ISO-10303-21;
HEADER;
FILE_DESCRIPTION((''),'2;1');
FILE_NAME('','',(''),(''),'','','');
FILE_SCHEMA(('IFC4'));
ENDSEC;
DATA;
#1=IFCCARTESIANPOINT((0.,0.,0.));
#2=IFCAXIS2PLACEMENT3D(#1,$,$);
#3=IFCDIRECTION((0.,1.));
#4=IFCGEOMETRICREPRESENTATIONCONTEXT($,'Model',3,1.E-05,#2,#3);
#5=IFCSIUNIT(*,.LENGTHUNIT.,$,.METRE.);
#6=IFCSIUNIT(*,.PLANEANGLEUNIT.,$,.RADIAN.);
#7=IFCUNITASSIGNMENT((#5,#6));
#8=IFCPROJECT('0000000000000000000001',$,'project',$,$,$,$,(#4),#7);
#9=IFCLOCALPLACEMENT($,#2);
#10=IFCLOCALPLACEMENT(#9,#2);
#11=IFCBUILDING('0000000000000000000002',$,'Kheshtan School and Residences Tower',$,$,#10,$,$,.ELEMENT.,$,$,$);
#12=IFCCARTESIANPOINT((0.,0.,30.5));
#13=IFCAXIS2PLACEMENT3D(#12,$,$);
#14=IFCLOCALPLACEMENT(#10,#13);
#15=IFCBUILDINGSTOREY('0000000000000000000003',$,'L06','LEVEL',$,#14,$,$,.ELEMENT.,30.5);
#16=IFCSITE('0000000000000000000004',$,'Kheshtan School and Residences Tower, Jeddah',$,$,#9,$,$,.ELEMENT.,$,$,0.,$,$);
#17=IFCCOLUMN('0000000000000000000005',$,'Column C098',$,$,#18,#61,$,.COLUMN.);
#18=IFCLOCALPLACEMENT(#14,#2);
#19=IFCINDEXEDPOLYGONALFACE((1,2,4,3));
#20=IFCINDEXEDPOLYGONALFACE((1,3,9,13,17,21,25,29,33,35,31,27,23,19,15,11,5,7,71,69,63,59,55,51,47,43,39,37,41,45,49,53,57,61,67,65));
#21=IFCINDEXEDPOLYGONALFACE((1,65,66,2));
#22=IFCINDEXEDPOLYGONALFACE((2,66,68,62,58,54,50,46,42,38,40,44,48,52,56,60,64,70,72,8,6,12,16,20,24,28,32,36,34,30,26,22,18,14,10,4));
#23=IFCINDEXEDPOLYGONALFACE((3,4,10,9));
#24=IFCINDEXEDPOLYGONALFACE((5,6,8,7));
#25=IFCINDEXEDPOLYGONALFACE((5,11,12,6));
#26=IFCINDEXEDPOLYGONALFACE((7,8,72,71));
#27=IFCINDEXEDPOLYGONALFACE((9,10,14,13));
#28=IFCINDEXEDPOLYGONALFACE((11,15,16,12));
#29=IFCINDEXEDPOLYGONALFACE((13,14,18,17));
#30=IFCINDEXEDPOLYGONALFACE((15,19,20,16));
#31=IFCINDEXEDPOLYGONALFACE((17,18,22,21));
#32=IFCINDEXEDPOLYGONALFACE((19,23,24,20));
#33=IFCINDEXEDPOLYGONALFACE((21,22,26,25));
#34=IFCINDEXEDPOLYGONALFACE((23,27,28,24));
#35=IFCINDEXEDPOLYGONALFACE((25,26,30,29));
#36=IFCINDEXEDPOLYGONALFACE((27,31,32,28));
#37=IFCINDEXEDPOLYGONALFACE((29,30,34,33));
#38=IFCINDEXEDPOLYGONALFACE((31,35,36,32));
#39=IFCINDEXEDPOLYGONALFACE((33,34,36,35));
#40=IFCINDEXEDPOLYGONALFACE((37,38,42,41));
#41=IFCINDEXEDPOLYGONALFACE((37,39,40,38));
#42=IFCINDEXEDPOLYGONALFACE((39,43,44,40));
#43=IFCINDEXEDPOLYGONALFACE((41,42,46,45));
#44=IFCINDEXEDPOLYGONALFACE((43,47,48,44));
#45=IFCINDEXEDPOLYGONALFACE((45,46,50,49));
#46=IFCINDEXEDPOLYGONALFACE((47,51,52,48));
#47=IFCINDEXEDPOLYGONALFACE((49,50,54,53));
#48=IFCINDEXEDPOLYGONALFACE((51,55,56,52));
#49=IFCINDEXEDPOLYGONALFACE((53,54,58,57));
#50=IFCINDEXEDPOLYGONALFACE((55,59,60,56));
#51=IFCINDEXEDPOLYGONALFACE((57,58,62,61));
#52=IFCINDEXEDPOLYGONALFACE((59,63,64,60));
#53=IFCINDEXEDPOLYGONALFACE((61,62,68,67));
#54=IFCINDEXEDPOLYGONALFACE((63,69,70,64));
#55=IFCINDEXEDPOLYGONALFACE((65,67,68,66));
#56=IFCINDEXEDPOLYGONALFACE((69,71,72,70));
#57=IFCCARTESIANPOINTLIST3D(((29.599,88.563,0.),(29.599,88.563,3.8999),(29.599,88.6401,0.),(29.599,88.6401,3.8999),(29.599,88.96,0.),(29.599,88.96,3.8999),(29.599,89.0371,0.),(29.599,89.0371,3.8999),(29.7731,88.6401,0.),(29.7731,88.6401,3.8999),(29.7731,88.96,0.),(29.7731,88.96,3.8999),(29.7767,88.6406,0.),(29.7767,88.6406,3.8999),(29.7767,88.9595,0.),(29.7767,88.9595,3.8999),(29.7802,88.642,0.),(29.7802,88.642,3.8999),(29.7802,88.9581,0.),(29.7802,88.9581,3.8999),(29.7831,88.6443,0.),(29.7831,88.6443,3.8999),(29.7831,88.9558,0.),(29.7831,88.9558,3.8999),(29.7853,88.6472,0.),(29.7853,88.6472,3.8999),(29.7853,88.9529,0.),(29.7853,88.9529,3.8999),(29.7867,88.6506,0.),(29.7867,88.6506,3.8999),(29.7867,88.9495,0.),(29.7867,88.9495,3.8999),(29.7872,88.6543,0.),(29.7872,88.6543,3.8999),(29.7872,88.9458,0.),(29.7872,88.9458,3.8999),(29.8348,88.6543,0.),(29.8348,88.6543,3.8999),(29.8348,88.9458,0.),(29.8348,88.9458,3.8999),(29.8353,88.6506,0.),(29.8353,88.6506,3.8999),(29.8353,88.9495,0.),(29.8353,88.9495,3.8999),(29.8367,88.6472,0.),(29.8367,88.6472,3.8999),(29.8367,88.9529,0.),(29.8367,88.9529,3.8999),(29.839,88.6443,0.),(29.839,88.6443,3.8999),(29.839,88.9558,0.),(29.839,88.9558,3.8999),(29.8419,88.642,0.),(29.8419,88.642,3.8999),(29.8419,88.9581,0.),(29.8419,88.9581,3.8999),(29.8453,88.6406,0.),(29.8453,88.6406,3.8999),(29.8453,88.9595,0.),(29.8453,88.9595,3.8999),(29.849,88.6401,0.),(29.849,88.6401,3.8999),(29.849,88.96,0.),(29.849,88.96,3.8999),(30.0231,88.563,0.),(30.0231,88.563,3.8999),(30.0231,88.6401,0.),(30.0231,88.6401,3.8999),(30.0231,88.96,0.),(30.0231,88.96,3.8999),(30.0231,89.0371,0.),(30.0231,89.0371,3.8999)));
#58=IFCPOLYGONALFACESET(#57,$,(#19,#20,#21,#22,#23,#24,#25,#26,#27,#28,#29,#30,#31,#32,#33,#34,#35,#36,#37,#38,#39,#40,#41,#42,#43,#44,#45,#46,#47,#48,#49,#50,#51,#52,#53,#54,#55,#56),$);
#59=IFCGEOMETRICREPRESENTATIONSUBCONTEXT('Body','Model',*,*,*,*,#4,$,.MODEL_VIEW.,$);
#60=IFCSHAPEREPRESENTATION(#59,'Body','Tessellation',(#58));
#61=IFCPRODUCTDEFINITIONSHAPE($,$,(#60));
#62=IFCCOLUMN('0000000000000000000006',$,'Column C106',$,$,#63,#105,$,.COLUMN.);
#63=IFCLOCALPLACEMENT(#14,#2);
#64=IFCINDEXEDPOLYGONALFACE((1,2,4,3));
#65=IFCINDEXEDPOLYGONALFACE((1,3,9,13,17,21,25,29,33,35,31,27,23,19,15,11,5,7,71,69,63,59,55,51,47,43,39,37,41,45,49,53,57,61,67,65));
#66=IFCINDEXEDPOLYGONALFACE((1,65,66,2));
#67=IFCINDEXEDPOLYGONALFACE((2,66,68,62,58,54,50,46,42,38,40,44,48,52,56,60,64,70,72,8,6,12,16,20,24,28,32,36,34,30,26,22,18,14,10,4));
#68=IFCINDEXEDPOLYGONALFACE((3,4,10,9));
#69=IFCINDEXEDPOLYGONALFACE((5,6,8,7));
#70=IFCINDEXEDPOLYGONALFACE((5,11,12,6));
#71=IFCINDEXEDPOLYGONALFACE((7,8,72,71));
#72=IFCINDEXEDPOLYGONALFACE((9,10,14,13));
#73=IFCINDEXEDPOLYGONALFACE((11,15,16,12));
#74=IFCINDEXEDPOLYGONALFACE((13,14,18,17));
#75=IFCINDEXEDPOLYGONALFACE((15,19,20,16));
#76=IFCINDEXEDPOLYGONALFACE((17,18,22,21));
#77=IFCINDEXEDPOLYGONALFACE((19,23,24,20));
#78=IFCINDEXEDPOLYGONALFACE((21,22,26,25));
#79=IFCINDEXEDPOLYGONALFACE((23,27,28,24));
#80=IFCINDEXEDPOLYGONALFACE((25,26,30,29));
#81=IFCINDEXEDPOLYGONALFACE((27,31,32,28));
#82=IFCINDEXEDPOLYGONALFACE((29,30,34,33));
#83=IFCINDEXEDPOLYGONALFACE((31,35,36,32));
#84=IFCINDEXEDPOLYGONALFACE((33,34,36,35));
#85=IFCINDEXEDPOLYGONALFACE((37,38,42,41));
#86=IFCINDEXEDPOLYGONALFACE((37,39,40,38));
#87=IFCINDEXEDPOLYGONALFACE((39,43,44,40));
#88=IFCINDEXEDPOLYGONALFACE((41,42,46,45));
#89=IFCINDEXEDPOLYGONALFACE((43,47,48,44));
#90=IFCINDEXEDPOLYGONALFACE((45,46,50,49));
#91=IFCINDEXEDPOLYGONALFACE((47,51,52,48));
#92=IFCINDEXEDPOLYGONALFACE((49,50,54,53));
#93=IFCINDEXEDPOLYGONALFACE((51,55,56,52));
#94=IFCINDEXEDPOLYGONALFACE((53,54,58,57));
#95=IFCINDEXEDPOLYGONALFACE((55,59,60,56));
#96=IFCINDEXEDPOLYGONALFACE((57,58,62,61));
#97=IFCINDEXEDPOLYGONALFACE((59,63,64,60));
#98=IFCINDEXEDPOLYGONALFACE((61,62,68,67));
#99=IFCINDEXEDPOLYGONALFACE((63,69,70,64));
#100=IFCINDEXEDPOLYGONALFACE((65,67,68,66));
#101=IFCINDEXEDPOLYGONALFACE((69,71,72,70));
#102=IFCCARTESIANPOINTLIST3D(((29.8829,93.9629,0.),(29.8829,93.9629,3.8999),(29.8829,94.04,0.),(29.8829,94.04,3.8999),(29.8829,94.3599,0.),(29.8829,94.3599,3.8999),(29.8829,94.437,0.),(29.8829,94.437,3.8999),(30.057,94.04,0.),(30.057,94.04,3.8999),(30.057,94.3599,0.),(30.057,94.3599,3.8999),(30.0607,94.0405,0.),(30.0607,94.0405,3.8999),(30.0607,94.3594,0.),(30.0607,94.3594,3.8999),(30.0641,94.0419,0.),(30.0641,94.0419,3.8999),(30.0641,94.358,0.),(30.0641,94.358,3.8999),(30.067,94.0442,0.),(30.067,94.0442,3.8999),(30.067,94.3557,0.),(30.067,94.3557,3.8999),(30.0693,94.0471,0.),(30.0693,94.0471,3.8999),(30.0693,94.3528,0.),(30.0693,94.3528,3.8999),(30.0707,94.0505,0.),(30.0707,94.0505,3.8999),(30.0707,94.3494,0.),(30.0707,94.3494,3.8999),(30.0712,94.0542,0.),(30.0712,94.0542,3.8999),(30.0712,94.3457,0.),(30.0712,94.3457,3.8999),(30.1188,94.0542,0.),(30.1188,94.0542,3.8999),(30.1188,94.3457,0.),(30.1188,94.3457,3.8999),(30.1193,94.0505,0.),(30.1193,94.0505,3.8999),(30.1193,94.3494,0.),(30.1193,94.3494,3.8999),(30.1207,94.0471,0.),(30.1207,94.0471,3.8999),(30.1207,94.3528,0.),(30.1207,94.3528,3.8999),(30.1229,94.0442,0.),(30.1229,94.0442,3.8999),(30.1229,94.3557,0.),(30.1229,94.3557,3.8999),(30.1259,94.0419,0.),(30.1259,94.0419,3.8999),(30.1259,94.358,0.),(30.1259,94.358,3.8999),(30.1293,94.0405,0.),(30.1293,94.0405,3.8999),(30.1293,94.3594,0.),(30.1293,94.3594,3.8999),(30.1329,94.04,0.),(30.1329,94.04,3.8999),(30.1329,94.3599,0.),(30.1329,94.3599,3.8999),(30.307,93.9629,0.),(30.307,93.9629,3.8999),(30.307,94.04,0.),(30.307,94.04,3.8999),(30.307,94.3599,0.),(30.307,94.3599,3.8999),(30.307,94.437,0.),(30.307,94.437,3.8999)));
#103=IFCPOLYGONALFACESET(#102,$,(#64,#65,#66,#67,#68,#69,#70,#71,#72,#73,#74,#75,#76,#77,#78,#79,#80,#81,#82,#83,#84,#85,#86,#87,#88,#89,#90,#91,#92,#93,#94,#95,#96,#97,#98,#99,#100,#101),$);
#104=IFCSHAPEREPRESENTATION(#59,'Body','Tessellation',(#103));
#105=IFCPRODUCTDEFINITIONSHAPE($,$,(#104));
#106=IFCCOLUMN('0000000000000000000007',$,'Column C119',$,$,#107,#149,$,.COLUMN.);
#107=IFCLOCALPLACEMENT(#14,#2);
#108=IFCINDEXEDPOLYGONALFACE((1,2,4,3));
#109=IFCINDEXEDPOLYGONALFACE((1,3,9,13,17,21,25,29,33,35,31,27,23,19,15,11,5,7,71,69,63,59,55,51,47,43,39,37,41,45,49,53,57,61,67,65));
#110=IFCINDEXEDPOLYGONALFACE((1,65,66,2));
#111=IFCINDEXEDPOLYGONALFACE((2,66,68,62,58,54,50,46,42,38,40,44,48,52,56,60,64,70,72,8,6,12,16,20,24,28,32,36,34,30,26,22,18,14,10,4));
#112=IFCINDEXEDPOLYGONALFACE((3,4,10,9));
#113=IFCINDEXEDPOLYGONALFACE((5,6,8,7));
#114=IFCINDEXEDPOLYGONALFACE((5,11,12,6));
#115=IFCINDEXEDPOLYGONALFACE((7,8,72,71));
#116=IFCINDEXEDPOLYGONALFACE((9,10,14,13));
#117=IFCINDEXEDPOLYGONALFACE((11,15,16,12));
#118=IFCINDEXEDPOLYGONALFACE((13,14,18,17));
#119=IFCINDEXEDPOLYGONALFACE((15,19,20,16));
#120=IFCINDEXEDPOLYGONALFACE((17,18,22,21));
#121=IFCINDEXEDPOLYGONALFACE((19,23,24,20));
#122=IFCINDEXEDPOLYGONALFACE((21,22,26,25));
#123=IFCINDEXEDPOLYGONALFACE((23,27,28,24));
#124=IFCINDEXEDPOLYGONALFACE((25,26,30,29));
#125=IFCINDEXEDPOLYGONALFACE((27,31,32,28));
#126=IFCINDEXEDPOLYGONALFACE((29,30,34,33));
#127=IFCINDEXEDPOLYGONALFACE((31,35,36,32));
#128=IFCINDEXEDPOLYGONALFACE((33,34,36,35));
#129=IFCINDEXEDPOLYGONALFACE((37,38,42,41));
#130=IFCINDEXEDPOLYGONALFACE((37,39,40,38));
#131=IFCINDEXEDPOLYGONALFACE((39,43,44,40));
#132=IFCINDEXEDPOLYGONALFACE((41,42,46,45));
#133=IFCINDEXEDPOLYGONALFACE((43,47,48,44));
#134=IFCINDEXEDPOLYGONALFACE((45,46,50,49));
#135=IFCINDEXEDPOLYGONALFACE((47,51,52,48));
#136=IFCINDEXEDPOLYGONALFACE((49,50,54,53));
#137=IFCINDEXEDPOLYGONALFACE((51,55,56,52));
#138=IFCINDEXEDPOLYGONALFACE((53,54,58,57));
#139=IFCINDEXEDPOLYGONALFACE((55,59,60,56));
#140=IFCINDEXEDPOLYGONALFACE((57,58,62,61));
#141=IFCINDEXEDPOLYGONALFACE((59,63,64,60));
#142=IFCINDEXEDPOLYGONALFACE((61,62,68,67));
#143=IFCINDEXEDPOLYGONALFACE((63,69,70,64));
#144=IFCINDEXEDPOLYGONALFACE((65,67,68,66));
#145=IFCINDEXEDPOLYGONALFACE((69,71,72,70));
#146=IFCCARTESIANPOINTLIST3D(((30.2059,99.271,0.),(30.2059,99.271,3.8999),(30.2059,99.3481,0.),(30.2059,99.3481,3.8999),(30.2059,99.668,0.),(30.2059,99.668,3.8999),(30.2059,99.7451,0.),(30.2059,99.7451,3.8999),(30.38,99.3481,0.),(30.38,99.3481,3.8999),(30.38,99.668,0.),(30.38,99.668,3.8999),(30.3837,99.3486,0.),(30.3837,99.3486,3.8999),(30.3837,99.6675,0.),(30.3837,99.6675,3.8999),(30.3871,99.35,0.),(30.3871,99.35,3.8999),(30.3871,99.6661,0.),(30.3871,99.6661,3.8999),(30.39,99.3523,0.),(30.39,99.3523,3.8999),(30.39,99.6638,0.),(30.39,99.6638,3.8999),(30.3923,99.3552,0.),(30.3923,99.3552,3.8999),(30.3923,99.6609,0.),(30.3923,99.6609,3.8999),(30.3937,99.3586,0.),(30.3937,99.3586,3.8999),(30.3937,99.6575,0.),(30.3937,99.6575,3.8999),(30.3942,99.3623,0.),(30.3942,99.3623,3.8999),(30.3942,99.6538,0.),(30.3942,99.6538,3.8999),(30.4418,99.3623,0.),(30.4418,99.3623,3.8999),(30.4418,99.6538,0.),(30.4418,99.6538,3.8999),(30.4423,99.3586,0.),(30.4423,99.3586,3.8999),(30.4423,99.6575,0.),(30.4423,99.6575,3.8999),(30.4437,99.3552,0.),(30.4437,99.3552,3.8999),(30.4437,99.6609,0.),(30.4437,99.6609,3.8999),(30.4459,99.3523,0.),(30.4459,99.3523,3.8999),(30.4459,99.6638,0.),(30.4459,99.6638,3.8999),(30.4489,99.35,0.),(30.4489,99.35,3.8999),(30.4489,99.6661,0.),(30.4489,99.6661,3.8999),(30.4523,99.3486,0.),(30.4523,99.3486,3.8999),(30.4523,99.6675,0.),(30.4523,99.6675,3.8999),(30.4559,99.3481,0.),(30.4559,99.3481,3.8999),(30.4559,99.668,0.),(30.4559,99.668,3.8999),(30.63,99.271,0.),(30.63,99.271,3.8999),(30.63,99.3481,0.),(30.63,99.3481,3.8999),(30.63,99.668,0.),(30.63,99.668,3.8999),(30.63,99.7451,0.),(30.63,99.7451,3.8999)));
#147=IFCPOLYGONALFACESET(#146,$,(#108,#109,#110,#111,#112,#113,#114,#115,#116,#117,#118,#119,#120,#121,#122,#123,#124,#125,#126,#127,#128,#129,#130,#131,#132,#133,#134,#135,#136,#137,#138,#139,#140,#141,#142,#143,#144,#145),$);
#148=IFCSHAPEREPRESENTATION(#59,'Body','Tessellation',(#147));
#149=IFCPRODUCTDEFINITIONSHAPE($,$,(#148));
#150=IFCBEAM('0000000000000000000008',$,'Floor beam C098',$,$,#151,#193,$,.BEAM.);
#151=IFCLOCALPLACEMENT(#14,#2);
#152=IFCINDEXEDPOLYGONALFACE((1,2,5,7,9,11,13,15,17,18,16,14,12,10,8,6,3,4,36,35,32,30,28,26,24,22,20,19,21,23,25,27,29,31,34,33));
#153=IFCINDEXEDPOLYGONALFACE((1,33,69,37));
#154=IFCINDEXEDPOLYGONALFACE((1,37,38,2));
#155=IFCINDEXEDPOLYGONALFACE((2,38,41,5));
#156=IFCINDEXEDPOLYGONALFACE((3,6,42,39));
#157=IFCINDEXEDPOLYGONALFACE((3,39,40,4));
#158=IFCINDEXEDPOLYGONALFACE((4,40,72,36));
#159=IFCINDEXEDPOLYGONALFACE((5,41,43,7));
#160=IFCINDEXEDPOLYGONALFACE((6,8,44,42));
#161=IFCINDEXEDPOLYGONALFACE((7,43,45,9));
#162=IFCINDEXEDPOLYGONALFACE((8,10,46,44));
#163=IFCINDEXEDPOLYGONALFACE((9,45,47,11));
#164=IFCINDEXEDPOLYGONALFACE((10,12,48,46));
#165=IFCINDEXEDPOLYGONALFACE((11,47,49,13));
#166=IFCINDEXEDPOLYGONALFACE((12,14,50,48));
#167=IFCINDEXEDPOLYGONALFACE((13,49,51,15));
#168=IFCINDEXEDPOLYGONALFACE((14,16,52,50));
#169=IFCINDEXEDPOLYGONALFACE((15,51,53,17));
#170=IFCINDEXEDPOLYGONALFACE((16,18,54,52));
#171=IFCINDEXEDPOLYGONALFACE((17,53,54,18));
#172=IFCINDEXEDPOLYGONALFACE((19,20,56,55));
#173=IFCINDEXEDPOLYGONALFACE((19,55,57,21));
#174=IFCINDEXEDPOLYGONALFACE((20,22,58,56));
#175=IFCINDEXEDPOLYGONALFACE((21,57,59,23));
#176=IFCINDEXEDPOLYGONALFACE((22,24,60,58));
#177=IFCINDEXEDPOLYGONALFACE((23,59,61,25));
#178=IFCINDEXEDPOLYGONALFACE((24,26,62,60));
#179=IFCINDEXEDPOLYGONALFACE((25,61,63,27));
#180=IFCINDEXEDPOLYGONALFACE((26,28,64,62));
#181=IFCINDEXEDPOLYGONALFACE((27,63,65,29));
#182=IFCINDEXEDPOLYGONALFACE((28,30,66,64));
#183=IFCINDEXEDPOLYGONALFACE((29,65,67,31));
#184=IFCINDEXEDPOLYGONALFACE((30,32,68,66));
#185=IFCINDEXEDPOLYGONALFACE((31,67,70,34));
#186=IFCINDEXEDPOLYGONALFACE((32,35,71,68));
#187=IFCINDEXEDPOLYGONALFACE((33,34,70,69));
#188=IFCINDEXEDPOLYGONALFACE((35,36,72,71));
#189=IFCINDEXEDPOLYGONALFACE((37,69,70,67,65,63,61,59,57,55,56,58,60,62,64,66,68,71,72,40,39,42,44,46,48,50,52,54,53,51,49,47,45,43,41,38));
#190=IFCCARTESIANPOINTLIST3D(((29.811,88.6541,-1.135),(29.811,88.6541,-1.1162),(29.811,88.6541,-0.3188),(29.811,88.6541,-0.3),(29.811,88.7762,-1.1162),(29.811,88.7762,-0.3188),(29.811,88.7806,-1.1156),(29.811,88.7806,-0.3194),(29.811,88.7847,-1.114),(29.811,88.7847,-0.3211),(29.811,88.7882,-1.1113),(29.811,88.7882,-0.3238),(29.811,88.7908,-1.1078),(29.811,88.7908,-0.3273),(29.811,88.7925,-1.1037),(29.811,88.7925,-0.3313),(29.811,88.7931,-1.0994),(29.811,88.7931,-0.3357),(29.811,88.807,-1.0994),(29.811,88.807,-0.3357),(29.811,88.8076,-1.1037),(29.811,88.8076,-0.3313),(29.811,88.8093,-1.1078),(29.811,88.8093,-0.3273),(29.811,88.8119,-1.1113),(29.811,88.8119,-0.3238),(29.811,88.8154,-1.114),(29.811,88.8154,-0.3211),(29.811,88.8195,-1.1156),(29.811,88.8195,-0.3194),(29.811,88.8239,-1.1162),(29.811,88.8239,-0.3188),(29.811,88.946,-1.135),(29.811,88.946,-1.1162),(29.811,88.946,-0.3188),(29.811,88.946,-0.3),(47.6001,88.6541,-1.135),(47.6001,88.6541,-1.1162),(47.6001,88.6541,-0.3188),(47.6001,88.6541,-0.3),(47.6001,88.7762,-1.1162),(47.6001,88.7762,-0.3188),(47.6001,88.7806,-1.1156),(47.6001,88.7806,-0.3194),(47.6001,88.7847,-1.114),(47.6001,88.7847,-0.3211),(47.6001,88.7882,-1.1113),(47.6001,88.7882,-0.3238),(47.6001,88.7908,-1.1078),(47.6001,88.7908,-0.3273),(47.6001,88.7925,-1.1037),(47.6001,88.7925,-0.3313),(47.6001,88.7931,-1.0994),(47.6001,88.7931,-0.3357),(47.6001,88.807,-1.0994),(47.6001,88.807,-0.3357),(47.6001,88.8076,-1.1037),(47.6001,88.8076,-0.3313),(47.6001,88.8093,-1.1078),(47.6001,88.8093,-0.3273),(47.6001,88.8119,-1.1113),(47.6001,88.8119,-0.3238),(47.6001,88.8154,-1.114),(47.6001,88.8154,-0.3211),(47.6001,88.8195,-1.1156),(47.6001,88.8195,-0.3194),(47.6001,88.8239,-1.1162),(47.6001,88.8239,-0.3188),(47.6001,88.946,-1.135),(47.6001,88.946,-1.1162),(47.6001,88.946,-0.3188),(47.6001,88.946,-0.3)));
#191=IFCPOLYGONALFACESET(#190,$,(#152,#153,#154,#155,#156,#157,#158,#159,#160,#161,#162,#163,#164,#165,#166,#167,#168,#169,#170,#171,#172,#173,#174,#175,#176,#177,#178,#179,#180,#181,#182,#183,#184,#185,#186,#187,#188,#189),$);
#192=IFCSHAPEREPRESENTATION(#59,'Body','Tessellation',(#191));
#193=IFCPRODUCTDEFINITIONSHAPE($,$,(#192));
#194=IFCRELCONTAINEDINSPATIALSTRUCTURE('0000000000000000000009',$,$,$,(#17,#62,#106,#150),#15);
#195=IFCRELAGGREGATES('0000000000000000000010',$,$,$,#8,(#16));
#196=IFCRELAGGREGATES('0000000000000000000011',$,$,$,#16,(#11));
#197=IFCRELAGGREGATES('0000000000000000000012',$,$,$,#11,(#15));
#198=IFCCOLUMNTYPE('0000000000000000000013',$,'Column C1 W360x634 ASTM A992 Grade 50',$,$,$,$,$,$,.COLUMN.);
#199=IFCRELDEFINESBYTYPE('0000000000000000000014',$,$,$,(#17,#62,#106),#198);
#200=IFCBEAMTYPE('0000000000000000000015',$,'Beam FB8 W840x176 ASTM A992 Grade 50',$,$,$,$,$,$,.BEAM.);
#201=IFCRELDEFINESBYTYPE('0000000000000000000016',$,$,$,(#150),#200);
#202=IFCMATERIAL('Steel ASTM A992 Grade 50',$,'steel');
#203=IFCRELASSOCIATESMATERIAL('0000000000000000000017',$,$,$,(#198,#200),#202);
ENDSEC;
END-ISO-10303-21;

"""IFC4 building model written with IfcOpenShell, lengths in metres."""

from ifc_helpers import new_model, si_unit, direction, frame, origin, origin_2d, place, context, subcontext, project, spatial, i_section, extrude, material, material_profile, profile_set, type_object, element, save


model = new_model("IFC4")

# Units and contexts
model_context = context("Model", 3, precision=1e-05, world=origin(), true_north=direction((0.0, 1.0)))
body_context = subcontext(model_context, "Body", "Model", "MODEL_VIEW")
ifc_project = project(units=[si_unit("LENGTHUNIT", "METRE"), si_unit("PLANEANGLEUNIT", "RADIAN")], contexts=[model_context])

# Site, building, storey
site_placement = place(None, origin())
site = spatial("IfcSite", under=ifc_project, at=site_placement, Name="Kheshtan School and Residences Tower, Jeddah", CompositionType="ELEMENT", RefElevation=0.0)
building_placement = place(site_placement, origin())
building = spatial("IfcBuilding", under=site, at=building_placement, Name="Kheshtan School and Residences Tower", CompositionType="ELEMENT")
storey_placement = place(building_placement, frame((0.0, 0.0, 30.5)))
storey = spatial("IfcBuildingStorey", under=building, at=storey_placement, Name="L06", Description="LEVEL", CompositionType="ELEMENT", Elevation=30.5)

# Columns
ifc_material_1 = material(Name="Steel ASTM A992 Grade 50", Category="steel")
ifc_material_profile_1 = material_profile(ifc_material_1, i_section(OverallWidth=0.4241, OverallDepth=0.4741, WebThickness=0.0476, FlangeThickness=0.0771, FilletRadius=0.0142, at=origin_2d()), Name="W360x634")
ifc_profile_set_1 = profile_set([ifc_material_profile_1], Name="Steel ASTM A992 Grade 50")
column_type = type_object("IfcColumnType", Name="Column C1 W360x634 ASTM A992 Grade 50", PredefinedType="COLUMN", material=ifc_profile_set_1)
for number, where, z_axis, x_axis, name in (
    (1, (29.811, 88.8, 0.0), (0.0, 0.0, 1.0), (1.0, 0.0, 0.0), "Column C098"),
    (2, (30.095, 94.2, 0.0), (0.0, 0.0, 1.0), (1.0, 0.0, 0.0), "Column C106"),
    (3, (30.418, 99.5081, 0.0), (0.0, 0.0, 1.0), (1.0, 0.0, 0.0), "Column C119"),
):
    element("IfcColumn", number, at=place(storey_placement, frame(where, z_axis=z_axis, x_axis=x_axis)), inside=storey, type_object=column_type, Name=name, PredefinedType="COLUMN", context=body_context, shape_type="SweptSolid", body=[
        extrude(i_section(OverallWidth=0.4241, OverallDepth=0.4741, WebThickness=0.0476, FlangeThickness=0.0771, FilletRadius=0.0142, at=origin_2d()), origin(), (0.0, 0.0, 1.0), 3.8999),
    ])

# Beam
ifc_material_profile_2 = material_profile(ifc_material_1, i_section(OverallWidth=0.292, OverallDepth=0.835, WebThickness=0.0139, FlangeThickness=0.0188, FilletRadius=0.0168, at=origin_2d()), Name="W840x176")
ifc_profile_set_2 = profile_set([ifc_material_profile_2], Name="Steel ASTM A992 Grade 50")
beam_type_1 = type_object("IfcBeamType", Name="Beam FB8 W840x176 ASTM A992 Grade 50", PredefinedType="BEAM", material=ifc_profile_set_2)
beam_1_placement = place(storey_placement, frame((29.811, 88.8, -0.7175), z_axis=(1.0, 0.0, 0.0), x_axis=(0.0, 1.0, 0.0)))
element("IfcBeam", 4, at=beam_1_placement, inside=storey, type_object=beam_type_1, Name="Floor beam C098", PredefinedType="BEAM", context=body_context, shape_type="SweptSolid", body=[
    extrude(i_section(OverallWidth=0.292, OverallDepth=0.835, WebThickness=0.0139, FlangeThickness=0.0188, FilletRadius=0.0168, at=origin_2d()), origin(), (0.0, 0.0, 1.0), 17.7891),
])

save(model, "model.ifc")
